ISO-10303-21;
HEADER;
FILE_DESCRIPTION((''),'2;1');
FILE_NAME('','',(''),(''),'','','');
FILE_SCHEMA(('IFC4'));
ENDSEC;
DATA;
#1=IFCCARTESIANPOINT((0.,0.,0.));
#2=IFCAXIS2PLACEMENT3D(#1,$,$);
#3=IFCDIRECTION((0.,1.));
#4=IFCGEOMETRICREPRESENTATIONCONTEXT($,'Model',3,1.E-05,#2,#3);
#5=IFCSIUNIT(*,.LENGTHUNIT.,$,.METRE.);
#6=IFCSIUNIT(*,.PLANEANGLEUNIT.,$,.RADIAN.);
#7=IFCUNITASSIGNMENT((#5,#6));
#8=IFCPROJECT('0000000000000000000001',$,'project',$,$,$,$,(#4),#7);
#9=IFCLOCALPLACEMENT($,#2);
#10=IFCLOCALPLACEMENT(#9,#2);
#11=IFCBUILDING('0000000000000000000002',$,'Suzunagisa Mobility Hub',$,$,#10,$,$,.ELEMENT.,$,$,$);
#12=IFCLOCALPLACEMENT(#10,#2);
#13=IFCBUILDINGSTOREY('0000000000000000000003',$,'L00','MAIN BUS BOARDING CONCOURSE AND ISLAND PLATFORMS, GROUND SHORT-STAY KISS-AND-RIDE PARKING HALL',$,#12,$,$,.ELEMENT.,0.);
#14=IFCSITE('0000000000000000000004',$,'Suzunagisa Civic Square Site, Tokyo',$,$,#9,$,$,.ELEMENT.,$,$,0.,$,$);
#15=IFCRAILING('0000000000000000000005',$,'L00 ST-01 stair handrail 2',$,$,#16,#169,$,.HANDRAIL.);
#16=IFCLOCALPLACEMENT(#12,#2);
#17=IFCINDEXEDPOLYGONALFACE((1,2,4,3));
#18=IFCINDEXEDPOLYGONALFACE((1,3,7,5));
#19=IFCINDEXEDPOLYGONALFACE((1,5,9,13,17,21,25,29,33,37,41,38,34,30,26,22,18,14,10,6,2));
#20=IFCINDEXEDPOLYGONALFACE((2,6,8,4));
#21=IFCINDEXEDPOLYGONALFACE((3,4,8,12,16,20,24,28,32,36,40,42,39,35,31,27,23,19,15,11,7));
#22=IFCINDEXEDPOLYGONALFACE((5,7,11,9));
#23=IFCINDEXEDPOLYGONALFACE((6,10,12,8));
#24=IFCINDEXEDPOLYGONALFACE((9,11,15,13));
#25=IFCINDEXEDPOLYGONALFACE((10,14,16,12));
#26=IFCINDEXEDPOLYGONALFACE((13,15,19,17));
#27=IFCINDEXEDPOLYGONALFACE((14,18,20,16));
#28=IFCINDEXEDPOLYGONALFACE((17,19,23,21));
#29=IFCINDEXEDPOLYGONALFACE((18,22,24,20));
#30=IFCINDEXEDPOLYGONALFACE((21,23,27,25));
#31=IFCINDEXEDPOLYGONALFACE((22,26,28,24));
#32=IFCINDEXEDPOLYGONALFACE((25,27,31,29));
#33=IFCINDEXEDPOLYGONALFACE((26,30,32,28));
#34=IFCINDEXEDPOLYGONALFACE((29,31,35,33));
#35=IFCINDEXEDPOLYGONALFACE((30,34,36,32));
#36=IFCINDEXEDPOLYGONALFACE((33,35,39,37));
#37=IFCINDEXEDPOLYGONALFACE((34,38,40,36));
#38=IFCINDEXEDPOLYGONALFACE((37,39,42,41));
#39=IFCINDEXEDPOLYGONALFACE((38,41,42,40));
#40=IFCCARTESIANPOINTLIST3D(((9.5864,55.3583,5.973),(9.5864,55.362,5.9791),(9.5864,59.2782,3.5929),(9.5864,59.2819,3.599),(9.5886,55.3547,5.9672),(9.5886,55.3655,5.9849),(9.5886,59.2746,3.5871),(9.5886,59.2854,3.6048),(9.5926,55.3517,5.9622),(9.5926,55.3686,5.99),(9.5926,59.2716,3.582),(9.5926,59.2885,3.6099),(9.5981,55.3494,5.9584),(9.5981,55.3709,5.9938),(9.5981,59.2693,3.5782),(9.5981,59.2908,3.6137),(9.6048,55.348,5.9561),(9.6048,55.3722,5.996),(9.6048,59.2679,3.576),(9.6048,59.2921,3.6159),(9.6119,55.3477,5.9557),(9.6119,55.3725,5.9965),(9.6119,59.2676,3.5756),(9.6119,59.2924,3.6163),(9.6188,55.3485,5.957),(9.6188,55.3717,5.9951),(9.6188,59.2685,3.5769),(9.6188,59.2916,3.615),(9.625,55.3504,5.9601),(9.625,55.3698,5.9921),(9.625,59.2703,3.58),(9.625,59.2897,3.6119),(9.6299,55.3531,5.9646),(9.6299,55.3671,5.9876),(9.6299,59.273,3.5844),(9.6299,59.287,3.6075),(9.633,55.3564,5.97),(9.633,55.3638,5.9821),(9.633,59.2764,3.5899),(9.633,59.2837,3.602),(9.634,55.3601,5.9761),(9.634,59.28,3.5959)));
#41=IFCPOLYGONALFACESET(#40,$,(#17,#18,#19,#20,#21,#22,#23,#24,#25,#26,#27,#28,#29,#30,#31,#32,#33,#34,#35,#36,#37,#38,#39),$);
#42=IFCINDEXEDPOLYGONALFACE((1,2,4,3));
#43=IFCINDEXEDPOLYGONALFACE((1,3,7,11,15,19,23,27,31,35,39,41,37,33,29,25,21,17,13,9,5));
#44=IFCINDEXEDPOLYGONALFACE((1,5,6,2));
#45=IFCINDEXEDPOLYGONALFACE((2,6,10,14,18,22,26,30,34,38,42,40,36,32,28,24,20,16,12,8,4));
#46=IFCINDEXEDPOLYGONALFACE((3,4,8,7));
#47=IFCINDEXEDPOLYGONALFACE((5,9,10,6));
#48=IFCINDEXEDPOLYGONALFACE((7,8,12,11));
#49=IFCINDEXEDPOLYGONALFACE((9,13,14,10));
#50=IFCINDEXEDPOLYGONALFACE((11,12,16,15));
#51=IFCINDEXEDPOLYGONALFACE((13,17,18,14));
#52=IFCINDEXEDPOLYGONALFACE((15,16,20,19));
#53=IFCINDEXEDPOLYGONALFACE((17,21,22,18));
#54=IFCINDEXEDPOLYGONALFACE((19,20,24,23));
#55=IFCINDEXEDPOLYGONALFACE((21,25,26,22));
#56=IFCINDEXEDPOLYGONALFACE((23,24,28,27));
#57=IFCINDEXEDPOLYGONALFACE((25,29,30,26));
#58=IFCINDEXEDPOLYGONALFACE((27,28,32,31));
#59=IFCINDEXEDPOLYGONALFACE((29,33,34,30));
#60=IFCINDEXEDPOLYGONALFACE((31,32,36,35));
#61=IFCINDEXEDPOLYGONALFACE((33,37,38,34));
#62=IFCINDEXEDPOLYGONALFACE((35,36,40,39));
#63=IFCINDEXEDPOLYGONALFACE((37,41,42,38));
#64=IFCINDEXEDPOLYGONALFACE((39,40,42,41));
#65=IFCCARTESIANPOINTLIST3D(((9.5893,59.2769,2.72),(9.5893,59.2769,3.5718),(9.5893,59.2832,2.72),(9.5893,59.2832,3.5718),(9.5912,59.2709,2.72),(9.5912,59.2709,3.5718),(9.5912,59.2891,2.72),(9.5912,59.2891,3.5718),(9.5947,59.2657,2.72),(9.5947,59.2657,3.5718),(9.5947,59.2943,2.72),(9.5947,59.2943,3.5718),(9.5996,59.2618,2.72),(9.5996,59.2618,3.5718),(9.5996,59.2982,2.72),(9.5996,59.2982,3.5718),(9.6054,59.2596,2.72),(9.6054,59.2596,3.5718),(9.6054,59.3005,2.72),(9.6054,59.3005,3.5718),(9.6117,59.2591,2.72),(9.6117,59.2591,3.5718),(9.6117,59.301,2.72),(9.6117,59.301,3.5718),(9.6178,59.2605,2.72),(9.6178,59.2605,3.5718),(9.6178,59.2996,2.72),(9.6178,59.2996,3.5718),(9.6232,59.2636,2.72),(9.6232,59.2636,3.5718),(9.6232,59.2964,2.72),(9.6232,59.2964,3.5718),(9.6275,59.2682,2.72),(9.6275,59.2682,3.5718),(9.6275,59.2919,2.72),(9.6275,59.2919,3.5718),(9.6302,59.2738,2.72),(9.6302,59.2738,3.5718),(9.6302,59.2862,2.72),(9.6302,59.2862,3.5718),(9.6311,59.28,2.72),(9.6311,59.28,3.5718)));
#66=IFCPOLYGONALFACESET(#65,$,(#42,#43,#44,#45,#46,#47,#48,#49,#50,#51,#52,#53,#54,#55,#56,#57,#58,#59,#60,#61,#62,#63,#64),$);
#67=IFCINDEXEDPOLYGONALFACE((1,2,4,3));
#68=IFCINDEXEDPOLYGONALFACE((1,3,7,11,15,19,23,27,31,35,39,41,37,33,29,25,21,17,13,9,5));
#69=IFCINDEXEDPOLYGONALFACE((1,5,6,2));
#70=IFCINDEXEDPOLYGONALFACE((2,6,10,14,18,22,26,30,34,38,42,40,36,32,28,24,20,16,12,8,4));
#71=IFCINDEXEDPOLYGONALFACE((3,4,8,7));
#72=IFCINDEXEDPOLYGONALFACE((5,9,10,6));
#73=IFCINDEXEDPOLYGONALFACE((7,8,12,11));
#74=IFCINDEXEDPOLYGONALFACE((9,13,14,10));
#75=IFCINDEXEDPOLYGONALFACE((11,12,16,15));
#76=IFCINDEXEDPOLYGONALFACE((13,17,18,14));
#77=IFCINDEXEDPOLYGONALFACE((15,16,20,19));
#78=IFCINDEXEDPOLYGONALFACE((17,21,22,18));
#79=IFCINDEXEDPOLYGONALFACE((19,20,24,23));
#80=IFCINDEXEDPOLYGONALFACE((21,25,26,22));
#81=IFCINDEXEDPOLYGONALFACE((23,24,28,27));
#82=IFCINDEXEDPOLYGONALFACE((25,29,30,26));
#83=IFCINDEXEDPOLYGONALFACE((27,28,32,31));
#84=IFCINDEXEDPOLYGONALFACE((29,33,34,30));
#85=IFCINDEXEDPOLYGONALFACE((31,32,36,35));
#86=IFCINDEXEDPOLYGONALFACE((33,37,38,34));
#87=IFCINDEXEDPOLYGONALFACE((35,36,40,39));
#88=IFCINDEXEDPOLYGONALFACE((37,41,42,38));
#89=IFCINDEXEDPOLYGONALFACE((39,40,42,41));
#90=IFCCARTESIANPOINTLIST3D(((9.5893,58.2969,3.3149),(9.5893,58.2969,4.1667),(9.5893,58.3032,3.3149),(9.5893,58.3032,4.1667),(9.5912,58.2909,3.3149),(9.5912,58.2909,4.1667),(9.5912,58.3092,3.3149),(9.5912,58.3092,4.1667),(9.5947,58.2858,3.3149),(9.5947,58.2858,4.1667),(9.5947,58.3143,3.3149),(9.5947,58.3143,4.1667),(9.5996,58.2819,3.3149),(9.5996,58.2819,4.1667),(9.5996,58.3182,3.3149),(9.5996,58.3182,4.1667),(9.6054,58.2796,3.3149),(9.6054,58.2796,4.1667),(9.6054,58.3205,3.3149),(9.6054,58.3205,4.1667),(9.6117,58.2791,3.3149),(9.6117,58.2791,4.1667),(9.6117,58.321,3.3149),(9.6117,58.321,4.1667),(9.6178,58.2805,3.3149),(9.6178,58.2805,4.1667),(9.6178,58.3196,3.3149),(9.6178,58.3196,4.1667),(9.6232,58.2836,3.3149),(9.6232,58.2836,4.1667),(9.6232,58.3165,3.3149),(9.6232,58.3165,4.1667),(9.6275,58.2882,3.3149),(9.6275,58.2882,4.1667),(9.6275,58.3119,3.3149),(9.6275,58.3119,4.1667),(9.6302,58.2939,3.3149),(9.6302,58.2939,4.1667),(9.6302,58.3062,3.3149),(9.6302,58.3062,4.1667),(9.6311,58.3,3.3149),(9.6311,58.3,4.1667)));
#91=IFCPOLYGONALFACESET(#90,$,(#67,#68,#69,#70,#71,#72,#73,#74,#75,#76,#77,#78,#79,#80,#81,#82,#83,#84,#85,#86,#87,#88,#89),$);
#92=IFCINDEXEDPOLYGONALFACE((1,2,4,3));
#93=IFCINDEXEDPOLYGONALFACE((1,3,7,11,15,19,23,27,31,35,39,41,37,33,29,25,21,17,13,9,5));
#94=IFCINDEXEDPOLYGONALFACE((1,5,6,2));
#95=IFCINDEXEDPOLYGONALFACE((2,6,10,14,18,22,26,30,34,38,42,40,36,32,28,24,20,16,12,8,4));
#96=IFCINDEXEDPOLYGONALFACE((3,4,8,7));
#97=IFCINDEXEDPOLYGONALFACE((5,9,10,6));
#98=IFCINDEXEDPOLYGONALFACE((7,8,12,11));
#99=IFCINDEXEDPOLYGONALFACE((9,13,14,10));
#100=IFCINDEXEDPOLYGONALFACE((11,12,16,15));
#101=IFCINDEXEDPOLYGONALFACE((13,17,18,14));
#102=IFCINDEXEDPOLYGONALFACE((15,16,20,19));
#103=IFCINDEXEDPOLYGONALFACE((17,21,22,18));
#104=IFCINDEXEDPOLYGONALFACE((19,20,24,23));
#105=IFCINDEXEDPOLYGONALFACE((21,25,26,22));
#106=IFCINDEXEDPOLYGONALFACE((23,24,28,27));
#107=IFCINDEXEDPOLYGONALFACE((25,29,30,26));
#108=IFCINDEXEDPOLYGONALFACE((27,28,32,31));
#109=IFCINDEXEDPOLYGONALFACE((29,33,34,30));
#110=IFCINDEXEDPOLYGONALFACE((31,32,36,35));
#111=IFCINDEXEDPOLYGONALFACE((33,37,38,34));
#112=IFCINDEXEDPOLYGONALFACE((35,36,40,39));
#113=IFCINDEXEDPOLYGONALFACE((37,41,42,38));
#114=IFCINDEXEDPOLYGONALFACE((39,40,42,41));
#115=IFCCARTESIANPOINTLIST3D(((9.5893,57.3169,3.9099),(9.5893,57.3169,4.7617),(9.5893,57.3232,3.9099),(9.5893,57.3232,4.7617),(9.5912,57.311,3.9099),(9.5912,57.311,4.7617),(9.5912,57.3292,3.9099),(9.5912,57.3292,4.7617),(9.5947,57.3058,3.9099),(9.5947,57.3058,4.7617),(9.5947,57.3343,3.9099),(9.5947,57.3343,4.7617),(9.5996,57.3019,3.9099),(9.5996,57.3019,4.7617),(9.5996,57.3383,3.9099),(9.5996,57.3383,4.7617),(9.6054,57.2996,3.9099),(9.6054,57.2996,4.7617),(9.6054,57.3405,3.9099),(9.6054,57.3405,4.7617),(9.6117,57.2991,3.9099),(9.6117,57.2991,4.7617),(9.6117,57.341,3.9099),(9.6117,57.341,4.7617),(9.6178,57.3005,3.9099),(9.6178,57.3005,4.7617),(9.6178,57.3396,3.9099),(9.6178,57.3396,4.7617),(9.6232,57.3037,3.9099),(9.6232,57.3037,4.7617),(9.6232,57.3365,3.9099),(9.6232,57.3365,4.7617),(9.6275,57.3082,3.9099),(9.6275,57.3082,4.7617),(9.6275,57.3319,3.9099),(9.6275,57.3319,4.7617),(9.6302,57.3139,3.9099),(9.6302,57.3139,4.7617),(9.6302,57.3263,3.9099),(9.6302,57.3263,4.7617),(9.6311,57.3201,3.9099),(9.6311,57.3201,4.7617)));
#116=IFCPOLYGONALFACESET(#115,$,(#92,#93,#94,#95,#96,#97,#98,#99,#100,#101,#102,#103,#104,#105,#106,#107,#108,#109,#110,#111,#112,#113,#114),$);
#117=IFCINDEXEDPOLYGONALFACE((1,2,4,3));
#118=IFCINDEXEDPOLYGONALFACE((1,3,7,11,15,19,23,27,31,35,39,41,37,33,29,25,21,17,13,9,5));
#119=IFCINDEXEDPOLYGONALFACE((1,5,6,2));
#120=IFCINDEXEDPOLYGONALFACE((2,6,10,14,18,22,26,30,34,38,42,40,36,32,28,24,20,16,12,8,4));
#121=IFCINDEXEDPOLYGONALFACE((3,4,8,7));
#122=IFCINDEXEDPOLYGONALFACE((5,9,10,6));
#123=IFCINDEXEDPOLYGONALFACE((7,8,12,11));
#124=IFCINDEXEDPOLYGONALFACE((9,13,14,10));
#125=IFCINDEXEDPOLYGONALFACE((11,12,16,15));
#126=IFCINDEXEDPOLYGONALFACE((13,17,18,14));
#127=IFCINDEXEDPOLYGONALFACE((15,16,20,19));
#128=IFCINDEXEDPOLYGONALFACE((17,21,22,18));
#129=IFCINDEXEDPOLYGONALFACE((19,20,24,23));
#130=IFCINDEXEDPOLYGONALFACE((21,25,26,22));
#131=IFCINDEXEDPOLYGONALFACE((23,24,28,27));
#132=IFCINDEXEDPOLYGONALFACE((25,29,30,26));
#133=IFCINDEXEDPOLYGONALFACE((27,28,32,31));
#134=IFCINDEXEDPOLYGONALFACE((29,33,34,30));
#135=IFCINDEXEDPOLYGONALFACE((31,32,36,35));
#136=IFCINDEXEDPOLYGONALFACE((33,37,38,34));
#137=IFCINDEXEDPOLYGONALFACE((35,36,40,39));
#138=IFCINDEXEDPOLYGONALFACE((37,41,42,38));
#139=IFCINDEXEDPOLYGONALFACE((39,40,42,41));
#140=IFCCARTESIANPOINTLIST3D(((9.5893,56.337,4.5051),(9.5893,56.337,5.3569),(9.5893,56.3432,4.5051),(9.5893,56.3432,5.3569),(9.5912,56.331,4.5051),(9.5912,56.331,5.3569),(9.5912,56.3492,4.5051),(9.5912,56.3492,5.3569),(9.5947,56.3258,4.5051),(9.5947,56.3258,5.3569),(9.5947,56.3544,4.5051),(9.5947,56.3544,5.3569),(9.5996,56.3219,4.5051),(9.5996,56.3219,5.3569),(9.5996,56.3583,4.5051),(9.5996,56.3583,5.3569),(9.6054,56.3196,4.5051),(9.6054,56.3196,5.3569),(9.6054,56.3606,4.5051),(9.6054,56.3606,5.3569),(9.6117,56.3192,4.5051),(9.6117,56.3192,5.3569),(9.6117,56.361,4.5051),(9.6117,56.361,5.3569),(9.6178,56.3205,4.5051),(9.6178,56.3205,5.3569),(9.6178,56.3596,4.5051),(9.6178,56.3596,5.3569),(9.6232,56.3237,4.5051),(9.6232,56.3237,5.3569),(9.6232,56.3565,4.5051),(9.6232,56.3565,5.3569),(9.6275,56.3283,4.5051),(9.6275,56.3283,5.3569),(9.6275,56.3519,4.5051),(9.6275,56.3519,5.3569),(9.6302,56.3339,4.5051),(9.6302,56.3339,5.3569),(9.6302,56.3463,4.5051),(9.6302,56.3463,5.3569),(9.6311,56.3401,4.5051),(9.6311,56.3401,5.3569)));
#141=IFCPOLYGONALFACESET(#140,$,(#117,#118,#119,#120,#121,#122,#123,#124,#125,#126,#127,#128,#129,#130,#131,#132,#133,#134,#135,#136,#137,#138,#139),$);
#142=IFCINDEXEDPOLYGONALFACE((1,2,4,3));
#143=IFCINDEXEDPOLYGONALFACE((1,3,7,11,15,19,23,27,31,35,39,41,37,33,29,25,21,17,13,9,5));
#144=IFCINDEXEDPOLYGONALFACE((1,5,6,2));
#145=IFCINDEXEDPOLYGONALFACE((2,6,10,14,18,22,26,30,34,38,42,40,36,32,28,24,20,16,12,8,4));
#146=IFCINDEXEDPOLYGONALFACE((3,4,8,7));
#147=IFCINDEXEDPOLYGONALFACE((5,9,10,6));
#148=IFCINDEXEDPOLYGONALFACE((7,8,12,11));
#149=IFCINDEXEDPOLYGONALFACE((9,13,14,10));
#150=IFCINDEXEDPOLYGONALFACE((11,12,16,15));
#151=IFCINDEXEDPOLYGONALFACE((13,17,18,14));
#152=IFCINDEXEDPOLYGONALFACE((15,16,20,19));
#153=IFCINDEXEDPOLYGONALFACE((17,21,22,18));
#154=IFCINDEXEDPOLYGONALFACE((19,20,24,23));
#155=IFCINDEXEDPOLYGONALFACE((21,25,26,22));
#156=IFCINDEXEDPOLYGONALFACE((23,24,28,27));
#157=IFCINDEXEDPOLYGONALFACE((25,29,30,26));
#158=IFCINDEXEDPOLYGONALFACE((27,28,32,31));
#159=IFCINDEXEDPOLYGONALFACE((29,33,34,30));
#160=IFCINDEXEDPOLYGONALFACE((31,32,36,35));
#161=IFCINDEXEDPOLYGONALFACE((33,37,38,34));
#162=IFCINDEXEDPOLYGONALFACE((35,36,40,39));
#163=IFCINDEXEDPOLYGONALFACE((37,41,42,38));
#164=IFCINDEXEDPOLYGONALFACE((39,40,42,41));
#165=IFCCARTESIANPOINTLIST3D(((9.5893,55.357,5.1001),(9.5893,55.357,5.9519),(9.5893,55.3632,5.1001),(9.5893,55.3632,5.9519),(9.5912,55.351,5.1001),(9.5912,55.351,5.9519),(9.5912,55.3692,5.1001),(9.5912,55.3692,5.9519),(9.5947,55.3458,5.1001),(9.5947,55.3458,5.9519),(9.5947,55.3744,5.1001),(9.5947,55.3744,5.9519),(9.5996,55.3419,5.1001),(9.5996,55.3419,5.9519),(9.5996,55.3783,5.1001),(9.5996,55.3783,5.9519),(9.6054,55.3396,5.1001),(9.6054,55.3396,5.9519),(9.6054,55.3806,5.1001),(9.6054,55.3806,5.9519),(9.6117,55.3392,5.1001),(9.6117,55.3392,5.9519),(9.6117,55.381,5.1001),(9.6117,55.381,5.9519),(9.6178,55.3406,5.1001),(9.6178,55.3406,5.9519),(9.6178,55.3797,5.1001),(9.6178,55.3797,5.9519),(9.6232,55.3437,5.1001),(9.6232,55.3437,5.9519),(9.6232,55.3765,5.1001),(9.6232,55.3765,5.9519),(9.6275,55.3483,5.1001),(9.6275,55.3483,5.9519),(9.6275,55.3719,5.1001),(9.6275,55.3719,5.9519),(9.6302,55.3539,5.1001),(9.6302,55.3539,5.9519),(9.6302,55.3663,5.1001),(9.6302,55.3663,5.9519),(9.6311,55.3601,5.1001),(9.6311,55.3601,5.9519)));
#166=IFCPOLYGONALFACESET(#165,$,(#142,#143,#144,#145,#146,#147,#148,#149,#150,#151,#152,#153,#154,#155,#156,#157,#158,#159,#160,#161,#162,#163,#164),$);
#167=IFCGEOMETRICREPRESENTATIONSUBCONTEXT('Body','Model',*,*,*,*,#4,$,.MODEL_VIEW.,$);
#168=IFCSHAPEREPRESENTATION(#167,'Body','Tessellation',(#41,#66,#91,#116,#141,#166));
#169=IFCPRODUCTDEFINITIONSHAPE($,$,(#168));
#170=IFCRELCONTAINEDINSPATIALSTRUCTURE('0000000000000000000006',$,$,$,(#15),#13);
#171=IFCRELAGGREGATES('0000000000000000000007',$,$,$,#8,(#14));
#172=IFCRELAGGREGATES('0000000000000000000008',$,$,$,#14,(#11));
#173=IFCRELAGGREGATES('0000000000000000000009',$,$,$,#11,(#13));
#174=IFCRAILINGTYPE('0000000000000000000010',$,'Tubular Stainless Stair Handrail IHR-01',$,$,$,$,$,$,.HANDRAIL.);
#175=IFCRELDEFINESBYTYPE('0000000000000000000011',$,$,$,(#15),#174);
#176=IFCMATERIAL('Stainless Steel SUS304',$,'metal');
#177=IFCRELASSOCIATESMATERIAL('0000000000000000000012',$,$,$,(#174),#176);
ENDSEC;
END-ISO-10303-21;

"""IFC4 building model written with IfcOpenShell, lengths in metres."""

from ifc_helpers import new_model, si_unit, direction, frame, origin, origin_2d, place, context, subcontext, project, spatial, circle, extrude, material, type_object, element, save


model = new_model("IFC4")

# Units and contexts
model_context = context("Model", 3, precision=1e-05, world=origin(), true_north=direction((0.0, 1.0)))
body_context = subcontext(model_context, "Body", "Model", "MODEL_VIEW")
ifc_project = project(units=[si_unit("LENGTHUNIT", "METRE"), si_unit("PLANEANGLEUNIT", "RADIAN")], contexts=[model_context])

# Site, building, storey
site_placement = place(None, origin())
site = spatial("IfcSite", under=ifc_project, at=site_placement, Name="Suzunagisa Civic Square Site, Tokyo", CompositionType="ELEMENT", RefElevation=0.0)
building_placement = place(site_placement, origin())
building = spatial("IfcBuilding", under=site, at=building_placement, Name="Suzunagisa Mobility Hub", CompositionType="ELEMENT")
storey_placement = place(building_placement, origin())
storey = spatial("IfcBuildingStorey", under=building, at=storey_placement, Name="L00", Description="MAIN BUS BOARDING CONCOURSE AND ISLAND PLATFORMS, GROUND SHORT-STAY KISS-AND-RIDE PARKING HALL", CompositionType="ELEMENT", Elevation=0.0)

# Railing
ifc_material_1 = material(Name="Stainless Steel SUS304", Category="metal")
railing_type_1 = type_object("IfcRailingType", Name="Tubular Stainless Stair Handrail IHR-01", PredefinedType="HANDRAIL", material=ifc_material_1)
railing_1_placement = place(storey_placement, frame((9.6101, 59.28, 2.72)))
element("IfcRailing", 1, at=railing_1_placement, inside=storey, type_object=railing_type_1, Name="L00 ST-01 stair handrail 2", PredefinedType="HANDRAIL", context=body_context, shape_type="SweptSolid", body=[
    extrude(circle(Radius=0.0239, at=origin_2d()), frame((0.0, 0.0, 0.876), z_axis=(0.0, -0.854771, 0.519006), x_axis=(1.0, 0.0, 0.0)), (0.0, 0.0, 1.0), 4.5859),
    extrude(circle(Radius=0.021, at=origin_2d()), origin(), (0.0, 0.0, 1.0), 0.8518),
    extrude(circle(Radius=0.021, at=origin_2d()), frame((0.0, -0.98, 0.595)), (0.0, 0.0, 1.0), 0.8518),
    extrude(circle(Radius=0.021, at=origin_2d()), frame((0.0, -1.96, 1.1899)), (0.0, 0.0, 1.0), 0.8518),
    extrude(circle(Radius=0.021, at=origin_2d()), frame((0.0, -2.9399, 1.7852)), (0.0, 0.0, 1.0), 0.8518),
    extrude(circle(Radius=0.021, at=origin_2d()), frame((0.0, -3.9199, 2.3801)), (0.0, 0.0, 1.0), 0.8518),
])

save(model, "model.ifc")
